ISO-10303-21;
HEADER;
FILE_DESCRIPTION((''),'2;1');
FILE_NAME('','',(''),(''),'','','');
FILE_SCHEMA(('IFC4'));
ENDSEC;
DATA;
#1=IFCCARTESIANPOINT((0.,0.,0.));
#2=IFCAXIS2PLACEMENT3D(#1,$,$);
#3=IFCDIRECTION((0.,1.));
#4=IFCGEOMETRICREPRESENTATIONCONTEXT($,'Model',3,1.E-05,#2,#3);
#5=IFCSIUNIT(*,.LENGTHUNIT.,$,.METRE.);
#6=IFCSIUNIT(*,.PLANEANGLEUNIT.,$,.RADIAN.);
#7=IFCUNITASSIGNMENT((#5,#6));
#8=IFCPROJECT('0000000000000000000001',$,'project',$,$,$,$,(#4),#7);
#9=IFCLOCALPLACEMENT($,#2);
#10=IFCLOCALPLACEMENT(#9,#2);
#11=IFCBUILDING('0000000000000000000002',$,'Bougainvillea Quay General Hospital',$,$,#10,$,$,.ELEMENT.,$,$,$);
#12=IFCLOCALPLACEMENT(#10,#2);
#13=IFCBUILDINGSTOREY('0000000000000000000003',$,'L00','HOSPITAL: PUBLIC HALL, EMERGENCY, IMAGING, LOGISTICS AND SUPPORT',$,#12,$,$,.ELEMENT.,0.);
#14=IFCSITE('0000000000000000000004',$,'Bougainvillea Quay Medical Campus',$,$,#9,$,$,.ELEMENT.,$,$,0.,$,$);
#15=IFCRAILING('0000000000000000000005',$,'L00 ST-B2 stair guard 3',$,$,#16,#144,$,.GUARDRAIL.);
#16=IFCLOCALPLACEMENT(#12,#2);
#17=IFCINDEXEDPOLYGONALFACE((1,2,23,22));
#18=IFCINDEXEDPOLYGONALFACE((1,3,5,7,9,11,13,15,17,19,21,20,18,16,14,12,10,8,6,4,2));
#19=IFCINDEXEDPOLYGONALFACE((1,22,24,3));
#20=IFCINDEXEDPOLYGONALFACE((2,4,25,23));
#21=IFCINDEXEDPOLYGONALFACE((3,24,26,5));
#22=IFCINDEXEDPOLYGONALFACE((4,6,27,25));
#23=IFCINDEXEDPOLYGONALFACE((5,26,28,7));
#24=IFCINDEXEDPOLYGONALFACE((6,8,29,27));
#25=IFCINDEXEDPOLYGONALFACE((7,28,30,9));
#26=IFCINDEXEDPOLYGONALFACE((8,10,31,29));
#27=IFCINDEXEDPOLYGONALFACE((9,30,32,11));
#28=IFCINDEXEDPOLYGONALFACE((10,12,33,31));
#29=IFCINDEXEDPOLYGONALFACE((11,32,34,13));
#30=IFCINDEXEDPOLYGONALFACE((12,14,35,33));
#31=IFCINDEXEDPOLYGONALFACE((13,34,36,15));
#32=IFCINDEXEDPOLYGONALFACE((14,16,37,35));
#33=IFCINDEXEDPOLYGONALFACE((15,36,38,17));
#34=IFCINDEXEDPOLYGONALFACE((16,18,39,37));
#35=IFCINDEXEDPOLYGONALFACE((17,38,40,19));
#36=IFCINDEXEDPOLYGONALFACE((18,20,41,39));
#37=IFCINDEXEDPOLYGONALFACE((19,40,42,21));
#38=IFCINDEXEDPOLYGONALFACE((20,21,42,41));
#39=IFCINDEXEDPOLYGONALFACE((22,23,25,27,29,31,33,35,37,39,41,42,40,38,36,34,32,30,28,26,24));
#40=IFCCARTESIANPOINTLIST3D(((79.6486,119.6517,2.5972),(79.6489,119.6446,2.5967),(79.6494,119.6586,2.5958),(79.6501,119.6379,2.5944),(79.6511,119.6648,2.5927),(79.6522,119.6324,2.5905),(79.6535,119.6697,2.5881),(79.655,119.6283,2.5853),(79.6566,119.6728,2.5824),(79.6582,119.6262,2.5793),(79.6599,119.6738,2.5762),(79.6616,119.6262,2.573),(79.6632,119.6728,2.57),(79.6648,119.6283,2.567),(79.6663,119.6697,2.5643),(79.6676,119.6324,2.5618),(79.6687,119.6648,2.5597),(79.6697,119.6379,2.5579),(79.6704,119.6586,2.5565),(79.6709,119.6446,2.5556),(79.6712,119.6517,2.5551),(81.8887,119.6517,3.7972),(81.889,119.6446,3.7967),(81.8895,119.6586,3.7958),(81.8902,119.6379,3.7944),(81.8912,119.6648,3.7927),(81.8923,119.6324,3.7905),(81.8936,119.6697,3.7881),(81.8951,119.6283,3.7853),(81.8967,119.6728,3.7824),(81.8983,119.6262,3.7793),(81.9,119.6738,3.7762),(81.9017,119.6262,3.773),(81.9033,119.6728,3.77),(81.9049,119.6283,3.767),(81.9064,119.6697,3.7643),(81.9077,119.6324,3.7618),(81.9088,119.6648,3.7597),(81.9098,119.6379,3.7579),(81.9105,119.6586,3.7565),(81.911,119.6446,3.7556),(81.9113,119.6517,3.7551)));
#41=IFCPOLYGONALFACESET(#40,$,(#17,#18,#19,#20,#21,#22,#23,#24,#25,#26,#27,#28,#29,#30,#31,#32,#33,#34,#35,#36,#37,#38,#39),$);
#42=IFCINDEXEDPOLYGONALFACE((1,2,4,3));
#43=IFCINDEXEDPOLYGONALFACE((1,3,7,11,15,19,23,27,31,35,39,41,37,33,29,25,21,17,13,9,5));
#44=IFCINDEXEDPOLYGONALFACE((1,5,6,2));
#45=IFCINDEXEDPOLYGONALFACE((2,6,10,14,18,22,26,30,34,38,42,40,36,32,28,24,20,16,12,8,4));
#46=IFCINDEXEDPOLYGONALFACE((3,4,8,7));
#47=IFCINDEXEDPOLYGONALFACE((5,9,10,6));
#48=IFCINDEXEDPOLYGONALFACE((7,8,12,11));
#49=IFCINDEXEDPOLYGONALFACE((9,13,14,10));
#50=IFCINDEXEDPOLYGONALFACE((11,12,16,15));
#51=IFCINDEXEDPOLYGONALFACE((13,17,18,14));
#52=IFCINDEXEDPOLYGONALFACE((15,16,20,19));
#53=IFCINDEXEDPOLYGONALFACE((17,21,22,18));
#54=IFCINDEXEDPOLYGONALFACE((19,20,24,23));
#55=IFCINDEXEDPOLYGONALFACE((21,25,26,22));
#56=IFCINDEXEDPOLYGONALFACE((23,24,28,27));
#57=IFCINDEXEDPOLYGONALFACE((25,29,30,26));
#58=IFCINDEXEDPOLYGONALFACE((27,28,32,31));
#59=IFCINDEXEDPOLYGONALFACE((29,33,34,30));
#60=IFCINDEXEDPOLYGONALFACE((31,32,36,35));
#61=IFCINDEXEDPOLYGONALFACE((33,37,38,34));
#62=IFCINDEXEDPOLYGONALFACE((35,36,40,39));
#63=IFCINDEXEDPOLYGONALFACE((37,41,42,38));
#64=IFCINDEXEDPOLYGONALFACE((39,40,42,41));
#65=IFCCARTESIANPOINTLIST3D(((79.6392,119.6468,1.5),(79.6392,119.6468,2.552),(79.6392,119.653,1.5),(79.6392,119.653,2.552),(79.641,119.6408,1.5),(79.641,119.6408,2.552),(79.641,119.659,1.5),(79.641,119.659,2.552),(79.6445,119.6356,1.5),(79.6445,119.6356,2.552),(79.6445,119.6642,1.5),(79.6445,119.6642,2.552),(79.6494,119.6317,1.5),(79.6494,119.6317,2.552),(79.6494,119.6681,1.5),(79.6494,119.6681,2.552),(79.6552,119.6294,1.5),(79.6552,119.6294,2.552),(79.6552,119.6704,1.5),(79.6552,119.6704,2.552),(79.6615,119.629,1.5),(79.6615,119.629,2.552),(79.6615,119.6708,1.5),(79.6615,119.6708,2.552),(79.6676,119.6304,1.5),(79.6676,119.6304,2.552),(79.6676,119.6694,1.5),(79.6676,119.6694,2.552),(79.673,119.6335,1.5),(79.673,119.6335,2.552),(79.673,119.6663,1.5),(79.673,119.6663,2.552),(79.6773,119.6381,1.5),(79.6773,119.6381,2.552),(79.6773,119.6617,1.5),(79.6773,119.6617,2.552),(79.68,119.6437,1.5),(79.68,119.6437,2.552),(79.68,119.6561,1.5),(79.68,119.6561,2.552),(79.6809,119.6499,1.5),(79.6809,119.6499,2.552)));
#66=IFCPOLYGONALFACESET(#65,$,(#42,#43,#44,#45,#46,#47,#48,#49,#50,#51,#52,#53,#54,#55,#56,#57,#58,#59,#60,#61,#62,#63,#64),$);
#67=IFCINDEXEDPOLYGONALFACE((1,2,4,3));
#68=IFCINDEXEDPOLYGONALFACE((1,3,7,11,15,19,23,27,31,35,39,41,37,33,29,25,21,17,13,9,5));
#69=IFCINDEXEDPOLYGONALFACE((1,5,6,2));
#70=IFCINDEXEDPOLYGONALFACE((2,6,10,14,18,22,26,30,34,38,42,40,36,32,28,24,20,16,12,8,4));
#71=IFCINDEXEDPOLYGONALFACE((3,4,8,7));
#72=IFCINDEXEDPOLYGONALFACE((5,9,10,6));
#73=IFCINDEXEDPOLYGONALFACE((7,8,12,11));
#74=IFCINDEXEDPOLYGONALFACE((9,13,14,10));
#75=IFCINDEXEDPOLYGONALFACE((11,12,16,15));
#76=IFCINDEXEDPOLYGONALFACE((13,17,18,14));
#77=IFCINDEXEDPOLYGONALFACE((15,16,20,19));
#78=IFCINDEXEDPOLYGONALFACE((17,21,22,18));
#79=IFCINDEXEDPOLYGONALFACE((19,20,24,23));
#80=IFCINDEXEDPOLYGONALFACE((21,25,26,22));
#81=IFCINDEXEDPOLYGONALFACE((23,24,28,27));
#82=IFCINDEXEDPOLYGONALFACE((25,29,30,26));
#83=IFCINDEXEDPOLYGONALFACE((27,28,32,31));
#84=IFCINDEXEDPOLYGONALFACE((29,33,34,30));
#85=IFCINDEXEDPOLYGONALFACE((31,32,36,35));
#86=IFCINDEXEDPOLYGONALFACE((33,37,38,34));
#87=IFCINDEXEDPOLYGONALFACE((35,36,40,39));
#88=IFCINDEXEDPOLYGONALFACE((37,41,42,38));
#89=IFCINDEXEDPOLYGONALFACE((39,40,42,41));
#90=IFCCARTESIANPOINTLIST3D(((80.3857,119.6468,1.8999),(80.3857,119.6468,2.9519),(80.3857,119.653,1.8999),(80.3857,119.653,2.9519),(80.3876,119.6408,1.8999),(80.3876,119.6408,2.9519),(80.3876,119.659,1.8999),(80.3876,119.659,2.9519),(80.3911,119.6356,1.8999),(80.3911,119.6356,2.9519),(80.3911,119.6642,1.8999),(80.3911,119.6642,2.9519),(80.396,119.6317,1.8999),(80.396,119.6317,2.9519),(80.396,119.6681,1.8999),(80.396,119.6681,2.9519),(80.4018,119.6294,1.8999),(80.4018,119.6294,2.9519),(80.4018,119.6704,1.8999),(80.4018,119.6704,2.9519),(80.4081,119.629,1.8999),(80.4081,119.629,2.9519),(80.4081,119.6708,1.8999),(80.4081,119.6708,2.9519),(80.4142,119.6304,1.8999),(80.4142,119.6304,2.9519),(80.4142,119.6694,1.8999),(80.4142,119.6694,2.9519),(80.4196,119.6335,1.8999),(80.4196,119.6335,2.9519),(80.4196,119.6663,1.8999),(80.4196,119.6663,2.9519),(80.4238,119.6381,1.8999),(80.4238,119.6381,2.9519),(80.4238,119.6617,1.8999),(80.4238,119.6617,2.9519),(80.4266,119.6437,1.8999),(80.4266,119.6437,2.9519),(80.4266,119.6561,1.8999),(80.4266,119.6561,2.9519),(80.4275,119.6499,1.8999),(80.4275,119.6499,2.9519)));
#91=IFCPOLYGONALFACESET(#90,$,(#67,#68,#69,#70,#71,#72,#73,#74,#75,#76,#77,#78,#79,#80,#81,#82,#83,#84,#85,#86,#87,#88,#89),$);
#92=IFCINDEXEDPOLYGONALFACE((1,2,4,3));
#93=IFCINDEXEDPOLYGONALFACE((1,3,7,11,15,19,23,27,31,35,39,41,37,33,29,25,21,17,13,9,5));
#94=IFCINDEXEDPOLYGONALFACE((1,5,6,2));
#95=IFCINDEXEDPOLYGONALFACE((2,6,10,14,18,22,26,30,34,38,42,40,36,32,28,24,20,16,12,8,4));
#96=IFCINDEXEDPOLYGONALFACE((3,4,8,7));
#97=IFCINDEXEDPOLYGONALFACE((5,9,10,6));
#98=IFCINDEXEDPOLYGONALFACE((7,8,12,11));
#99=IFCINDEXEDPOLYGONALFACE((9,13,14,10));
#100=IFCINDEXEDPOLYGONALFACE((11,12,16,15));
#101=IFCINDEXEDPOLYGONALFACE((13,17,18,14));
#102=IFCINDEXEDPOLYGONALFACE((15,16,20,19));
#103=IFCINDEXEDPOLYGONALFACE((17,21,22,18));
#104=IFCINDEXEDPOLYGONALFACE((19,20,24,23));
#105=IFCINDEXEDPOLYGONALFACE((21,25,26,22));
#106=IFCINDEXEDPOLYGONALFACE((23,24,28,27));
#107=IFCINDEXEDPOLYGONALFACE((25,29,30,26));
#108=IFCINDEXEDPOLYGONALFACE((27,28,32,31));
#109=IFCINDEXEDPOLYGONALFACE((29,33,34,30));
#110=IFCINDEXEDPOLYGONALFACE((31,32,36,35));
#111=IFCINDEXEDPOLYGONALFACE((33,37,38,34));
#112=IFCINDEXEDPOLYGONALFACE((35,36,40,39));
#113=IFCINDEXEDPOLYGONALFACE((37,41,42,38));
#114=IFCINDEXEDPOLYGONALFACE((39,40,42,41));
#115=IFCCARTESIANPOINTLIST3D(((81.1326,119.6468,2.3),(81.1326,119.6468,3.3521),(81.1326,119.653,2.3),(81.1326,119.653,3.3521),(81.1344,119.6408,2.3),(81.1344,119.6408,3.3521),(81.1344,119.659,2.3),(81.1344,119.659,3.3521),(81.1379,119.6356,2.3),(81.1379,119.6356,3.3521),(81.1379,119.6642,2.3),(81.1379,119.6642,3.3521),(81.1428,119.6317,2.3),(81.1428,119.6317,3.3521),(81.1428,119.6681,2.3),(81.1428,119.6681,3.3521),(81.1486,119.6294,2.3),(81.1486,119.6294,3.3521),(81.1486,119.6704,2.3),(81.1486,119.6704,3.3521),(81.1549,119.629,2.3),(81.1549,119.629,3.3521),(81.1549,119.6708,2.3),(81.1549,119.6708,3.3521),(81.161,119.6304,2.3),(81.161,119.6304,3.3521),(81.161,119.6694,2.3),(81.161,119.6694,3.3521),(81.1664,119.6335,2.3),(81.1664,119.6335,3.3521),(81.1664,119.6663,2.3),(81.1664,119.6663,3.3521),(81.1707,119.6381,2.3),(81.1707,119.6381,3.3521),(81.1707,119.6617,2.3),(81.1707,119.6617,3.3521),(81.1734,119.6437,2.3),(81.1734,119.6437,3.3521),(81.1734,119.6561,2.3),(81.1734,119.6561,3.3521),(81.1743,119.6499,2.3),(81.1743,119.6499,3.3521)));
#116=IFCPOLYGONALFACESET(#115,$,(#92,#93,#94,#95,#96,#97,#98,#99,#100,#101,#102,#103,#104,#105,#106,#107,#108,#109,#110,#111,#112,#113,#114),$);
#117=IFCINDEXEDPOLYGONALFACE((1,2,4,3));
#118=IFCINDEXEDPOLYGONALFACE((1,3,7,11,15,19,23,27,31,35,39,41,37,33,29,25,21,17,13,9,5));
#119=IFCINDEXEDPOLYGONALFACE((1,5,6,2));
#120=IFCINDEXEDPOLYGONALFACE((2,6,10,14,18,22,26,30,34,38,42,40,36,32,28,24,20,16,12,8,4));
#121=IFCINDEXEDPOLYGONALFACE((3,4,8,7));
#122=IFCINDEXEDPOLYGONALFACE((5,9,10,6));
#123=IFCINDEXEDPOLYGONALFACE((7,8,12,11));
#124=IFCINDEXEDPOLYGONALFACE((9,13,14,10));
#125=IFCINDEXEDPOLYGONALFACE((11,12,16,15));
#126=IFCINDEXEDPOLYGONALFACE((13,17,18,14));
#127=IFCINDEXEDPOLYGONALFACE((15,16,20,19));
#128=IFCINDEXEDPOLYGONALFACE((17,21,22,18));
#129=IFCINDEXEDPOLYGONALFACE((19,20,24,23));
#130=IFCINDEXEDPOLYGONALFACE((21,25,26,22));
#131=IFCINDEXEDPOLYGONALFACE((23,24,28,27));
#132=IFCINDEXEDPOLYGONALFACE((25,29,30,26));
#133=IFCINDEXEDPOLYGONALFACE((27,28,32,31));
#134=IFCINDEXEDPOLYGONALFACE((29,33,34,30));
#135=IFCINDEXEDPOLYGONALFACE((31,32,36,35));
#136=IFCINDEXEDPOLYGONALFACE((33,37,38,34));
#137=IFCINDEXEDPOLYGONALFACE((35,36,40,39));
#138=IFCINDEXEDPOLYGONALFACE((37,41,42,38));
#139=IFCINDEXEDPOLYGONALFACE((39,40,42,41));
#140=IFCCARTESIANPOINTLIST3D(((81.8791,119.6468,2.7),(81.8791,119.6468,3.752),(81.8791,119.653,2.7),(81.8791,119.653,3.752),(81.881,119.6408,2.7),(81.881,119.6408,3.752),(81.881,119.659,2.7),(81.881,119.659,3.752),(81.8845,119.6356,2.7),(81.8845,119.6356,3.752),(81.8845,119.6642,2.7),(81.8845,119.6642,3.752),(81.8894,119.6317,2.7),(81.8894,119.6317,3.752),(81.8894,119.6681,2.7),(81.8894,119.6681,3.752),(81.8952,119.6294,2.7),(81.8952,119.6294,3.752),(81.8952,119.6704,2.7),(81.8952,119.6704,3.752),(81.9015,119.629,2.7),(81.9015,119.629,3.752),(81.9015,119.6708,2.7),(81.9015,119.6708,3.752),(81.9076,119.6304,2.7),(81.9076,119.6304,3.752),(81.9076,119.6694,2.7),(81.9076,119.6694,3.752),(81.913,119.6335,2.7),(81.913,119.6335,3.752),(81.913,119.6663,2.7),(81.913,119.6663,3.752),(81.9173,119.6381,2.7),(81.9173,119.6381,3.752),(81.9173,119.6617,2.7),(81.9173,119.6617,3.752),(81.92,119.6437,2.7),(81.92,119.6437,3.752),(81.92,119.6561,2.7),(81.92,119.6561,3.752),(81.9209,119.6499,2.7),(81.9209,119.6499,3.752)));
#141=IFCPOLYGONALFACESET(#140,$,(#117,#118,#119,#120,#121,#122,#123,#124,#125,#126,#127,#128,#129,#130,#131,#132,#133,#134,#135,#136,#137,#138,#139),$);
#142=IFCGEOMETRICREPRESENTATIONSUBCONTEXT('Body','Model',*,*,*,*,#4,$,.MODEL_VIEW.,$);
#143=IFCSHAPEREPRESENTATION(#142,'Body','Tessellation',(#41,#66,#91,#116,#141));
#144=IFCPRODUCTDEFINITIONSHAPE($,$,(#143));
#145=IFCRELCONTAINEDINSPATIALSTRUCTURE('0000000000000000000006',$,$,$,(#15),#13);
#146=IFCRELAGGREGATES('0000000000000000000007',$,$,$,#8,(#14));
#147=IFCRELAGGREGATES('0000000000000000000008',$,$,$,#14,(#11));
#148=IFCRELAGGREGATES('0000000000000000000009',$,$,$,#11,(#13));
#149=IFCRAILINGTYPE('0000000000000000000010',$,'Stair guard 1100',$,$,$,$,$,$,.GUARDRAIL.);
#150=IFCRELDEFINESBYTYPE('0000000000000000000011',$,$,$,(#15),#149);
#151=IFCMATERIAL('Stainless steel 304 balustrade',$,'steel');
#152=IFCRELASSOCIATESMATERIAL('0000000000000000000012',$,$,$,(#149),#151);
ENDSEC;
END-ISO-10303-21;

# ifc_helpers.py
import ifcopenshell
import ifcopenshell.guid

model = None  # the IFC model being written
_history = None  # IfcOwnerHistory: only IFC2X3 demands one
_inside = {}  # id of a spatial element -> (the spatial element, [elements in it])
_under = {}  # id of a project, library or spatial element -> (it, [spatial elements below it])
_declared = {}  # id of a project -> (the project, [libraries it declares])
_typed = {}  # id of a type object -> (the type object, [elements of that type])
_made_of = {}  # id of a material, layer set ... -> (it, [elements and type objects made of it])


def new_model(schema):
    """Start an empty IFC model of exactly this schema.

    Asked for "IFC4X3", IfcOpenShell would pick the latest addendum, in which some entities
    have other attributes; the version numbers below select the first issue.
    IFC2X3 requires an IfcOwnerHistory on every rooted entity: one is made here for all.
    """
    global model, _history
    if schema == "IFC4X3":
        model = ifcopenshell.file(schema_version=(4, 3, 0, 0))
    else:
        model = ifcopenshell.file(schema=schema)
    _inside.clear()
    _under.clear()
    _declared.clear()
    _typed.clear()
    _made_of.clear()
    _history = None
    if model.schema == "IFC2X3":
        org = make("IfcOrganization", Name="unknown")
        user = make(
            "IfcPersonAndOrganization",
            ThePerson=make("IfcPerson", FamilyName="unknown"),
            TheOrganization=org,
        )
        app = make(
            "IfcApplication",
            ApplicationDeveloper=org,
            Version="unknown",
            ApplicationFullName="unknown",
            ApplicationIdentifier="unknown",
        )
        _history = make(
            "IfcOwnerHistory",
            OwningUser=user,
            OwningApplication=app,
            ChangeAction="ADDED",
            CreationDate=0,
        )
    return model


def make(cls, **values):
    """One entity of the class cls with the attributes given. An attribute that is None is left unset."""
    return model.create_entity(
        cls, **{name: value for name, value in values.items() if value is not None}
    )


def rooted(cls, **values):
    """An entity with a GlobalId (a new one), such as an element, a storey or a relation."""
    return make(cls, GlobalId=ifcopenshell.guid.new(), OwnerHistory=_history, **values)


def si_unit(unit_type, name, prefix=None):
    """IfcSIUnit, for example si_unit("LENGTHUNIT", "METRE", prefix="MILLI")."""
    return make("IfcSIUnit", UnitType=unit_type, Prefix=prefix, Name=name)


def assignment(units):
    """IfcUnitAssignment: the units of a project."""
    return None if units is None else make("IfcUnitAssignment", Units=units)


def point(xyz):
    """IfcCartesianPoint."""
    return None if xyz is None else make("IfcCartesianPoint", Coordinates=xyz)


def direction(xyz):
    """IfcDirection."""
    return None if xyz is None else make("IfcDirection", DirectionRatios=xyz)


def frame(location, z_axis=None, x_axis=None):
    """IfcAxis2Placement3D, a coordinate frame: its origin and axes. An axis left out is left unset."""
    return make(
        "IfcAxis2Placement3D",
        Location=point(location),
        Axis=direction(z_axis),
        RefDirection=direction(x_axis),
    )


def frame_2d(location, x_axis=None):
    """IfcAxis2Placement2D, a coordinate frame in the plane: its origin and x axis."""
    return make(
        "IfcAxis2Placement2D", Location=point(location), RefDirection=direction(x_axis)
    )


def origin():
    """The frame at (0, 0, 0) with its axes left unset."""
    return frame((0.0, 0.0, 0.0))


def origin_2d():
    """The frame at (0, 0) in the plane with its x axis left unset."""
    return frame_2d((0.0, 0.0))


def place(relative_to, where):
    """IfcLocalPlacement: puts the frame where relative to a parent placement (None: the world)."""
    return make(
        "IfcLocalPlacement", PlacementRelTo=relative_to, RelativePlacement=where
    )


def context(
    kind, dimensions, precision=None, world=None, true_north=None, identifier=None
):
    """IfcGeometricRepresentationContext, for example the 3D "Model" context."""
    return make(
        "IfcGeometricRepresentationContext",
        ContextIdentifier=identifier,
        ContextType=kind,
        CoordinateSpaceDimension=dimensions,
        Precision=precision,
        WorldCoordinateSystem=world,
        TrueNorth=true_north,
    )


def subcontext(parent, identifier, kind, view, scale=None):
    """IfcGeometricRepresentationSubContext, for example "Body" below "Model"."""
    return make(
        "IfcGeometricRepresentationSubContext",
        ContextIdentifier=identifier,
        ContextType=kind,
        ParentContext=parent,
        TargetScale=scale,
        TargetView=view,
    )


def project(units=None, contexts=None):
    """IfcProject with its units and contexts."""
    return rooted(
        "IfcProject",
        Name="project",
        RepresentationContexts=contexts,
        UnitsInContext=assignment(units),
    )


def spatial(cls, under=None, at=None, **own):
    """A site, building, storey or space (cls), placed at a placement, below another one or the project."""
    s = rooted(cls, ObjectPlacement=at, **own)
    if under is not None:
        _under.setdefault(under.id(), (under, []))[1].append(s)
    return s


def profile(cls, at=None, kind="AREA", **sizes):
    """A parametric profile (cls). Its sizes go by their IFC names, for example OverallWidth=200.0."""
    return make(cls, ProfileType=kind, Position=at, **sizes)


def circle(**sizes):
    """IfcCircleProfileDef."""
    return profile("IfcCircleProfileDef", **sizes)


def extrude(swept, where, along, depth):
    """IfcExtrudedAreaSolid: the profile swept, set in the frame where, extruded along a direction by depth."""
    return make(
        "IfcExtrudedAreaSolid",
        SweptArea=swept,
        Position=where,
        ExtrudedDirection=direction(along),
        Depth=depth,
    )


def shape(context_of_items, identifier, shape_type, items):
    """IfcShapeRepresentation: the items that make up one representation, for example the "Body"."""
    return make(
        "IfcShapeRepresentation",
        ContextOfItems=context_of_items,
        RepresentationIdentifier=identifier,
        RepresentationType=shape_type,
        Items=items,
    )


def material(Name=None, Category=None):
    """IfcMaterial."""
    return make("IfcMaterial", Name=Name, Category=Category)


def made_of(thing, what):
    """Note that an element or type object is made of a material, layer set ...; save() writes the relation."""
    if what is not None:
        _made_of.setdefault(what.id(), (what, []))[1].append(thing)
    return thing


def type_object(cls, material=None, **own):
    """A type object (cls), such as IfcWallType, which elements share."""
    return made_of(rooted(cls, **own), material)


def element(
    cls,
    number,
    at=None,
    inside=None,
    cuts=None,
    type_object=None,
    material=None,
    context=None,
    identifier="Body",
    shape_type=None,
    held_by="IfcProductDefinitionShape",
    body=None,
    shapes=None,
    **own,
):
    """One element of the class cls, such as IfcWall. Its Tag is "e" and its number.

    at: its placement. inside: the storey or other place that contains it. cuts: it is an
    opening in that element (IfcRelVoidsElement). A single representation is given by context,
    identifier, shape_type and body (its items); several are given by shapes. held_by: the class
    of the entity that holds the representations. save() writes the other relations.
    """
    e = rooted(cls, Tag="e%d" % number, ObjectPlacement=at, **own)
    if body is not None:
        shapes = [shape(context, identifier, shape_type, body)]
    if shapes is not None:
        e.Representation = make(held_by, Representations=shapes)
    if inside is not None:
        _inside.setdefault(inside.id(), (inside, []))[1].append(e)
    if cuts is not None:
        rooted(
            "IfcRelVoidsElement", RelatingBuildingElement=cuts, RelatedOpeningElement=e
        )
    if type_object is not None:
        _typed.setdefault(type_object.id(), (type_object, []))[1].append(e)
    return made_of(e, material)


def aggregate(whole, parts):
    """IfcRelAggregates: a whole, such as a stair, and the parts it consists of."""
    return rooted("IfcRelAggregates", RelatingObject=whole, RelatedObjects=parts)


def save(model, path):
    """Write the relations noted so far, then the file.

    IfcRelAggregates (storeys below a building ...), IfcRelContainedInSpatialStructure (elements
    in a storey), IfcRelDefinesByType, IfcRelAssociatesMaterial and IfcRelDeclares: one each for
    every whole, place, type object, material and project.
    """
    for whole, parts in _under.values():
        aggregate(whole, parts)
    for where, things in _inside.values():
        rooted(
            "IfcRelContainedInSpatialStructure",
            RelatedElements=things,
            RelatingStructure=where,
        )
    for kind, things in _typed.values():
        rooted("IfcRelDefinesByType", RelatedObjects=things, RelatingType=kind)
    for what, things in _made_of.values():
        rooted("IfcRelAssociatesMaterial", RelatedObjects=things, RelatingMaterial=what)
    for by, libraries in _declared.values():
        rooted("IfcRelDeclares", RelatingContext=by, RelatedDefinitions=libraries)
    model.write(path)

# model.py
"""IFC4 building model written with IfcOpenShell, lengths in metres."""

from ifc_helpers import new_model, si_unit, direction, frame, origin, origin_2d, place, context, subcontext, project, spatial, circle, extrude, material, type_object, element, save


model = new_model("IFC4")

# Units and contexts
model_context = context("Model", 3, precision=1e-05, world=origin(), true_north=direction((0.0, 1.0)))
body_context = subcontext(model_context, "Body", "Model", "MODEL_VIEW")
ifc_project = project(units=[si_unit("LENGTHUNIT", "METRE"), si_unit("PLANEANGLEUNIT", "RADIAN")], contexts=[model_context])

# Site, building, storey
site_placement = place(None, origin())
site = spatial("IfcSite", under=ifc_project, at=site_placement, Name="Bougainvillea Quay Medical Campus", CompositionType="ELEMENT", RefElevation=0.0)
building_placement = place(site_placement, origin())
building = spatial("IfcBuilding", under=site, at=building_placement, Name="Bougainvillea Quay General Hospital", CompositionType="ELEMENT")
storey_placement = place(building_placement, origin())
storey = spatial("IfcBuildingStorey", under=building, at=storey_placement, Name="L00", Description="HOSPITAL: PUBLIC HALL, EMERGENCY, IMAGING, LOGISTICS AND SUPPORT", CompositionType="ELEMENT", Elevation=0.0)

# Railing
ifc_material_1 = material(Name="Stainless steel 304 balustrade", Category="steel")
railing_type_1 = type_object("IfcRailingType", Name="Stair guard 1100", PredefinedType="GUARDRAIL", material=ifc_material_1)
railing_1_placement = place(storey_placement, frame((79.6599, 119.6499, 1.5)))
element("IfcRailing", 1, at=railing_1_placement, inside=storey, type_object=railing_type_1, Name="L00 ST-B2 stair guard 3", PredefinedType="GUARDRAIL", context=body_context, shape_type="SweptSolid", body=[
    extrude(circle(Radius=0.0239, at=origin_2d()), frame((0.0, 0.0, 1.0762), z_axis=(0.881487, 0.0, 0.472208), x_axis=(0.0, 1.0, 0.0)), (0.0, 0.0, 1.0), 2.5413),
    extrude(circle(Radius=0.021, at=origin_2d()), origin(), (0.0, 0.0, 1.0), 1.052),
    extrude(circle(Radius=0.021, at=origin_2d()), frame((0.7466, 0.0, 0.3999)), (0.0, 0.0, 1.0), 1.052),
    extrude(circle(Radius=0.021, at=origin_2d()), frame((1.4934, 0.0, 0.8)), (0.0, 0.0, 1.0), 1.052),
    extrude(circle(Radius=0.021, at=origin_2d()), frame((2.24, 0.0, 1.2)), (0.0, 0.0, 1.0), 1.052),
])

save(model, "model.ifc")
